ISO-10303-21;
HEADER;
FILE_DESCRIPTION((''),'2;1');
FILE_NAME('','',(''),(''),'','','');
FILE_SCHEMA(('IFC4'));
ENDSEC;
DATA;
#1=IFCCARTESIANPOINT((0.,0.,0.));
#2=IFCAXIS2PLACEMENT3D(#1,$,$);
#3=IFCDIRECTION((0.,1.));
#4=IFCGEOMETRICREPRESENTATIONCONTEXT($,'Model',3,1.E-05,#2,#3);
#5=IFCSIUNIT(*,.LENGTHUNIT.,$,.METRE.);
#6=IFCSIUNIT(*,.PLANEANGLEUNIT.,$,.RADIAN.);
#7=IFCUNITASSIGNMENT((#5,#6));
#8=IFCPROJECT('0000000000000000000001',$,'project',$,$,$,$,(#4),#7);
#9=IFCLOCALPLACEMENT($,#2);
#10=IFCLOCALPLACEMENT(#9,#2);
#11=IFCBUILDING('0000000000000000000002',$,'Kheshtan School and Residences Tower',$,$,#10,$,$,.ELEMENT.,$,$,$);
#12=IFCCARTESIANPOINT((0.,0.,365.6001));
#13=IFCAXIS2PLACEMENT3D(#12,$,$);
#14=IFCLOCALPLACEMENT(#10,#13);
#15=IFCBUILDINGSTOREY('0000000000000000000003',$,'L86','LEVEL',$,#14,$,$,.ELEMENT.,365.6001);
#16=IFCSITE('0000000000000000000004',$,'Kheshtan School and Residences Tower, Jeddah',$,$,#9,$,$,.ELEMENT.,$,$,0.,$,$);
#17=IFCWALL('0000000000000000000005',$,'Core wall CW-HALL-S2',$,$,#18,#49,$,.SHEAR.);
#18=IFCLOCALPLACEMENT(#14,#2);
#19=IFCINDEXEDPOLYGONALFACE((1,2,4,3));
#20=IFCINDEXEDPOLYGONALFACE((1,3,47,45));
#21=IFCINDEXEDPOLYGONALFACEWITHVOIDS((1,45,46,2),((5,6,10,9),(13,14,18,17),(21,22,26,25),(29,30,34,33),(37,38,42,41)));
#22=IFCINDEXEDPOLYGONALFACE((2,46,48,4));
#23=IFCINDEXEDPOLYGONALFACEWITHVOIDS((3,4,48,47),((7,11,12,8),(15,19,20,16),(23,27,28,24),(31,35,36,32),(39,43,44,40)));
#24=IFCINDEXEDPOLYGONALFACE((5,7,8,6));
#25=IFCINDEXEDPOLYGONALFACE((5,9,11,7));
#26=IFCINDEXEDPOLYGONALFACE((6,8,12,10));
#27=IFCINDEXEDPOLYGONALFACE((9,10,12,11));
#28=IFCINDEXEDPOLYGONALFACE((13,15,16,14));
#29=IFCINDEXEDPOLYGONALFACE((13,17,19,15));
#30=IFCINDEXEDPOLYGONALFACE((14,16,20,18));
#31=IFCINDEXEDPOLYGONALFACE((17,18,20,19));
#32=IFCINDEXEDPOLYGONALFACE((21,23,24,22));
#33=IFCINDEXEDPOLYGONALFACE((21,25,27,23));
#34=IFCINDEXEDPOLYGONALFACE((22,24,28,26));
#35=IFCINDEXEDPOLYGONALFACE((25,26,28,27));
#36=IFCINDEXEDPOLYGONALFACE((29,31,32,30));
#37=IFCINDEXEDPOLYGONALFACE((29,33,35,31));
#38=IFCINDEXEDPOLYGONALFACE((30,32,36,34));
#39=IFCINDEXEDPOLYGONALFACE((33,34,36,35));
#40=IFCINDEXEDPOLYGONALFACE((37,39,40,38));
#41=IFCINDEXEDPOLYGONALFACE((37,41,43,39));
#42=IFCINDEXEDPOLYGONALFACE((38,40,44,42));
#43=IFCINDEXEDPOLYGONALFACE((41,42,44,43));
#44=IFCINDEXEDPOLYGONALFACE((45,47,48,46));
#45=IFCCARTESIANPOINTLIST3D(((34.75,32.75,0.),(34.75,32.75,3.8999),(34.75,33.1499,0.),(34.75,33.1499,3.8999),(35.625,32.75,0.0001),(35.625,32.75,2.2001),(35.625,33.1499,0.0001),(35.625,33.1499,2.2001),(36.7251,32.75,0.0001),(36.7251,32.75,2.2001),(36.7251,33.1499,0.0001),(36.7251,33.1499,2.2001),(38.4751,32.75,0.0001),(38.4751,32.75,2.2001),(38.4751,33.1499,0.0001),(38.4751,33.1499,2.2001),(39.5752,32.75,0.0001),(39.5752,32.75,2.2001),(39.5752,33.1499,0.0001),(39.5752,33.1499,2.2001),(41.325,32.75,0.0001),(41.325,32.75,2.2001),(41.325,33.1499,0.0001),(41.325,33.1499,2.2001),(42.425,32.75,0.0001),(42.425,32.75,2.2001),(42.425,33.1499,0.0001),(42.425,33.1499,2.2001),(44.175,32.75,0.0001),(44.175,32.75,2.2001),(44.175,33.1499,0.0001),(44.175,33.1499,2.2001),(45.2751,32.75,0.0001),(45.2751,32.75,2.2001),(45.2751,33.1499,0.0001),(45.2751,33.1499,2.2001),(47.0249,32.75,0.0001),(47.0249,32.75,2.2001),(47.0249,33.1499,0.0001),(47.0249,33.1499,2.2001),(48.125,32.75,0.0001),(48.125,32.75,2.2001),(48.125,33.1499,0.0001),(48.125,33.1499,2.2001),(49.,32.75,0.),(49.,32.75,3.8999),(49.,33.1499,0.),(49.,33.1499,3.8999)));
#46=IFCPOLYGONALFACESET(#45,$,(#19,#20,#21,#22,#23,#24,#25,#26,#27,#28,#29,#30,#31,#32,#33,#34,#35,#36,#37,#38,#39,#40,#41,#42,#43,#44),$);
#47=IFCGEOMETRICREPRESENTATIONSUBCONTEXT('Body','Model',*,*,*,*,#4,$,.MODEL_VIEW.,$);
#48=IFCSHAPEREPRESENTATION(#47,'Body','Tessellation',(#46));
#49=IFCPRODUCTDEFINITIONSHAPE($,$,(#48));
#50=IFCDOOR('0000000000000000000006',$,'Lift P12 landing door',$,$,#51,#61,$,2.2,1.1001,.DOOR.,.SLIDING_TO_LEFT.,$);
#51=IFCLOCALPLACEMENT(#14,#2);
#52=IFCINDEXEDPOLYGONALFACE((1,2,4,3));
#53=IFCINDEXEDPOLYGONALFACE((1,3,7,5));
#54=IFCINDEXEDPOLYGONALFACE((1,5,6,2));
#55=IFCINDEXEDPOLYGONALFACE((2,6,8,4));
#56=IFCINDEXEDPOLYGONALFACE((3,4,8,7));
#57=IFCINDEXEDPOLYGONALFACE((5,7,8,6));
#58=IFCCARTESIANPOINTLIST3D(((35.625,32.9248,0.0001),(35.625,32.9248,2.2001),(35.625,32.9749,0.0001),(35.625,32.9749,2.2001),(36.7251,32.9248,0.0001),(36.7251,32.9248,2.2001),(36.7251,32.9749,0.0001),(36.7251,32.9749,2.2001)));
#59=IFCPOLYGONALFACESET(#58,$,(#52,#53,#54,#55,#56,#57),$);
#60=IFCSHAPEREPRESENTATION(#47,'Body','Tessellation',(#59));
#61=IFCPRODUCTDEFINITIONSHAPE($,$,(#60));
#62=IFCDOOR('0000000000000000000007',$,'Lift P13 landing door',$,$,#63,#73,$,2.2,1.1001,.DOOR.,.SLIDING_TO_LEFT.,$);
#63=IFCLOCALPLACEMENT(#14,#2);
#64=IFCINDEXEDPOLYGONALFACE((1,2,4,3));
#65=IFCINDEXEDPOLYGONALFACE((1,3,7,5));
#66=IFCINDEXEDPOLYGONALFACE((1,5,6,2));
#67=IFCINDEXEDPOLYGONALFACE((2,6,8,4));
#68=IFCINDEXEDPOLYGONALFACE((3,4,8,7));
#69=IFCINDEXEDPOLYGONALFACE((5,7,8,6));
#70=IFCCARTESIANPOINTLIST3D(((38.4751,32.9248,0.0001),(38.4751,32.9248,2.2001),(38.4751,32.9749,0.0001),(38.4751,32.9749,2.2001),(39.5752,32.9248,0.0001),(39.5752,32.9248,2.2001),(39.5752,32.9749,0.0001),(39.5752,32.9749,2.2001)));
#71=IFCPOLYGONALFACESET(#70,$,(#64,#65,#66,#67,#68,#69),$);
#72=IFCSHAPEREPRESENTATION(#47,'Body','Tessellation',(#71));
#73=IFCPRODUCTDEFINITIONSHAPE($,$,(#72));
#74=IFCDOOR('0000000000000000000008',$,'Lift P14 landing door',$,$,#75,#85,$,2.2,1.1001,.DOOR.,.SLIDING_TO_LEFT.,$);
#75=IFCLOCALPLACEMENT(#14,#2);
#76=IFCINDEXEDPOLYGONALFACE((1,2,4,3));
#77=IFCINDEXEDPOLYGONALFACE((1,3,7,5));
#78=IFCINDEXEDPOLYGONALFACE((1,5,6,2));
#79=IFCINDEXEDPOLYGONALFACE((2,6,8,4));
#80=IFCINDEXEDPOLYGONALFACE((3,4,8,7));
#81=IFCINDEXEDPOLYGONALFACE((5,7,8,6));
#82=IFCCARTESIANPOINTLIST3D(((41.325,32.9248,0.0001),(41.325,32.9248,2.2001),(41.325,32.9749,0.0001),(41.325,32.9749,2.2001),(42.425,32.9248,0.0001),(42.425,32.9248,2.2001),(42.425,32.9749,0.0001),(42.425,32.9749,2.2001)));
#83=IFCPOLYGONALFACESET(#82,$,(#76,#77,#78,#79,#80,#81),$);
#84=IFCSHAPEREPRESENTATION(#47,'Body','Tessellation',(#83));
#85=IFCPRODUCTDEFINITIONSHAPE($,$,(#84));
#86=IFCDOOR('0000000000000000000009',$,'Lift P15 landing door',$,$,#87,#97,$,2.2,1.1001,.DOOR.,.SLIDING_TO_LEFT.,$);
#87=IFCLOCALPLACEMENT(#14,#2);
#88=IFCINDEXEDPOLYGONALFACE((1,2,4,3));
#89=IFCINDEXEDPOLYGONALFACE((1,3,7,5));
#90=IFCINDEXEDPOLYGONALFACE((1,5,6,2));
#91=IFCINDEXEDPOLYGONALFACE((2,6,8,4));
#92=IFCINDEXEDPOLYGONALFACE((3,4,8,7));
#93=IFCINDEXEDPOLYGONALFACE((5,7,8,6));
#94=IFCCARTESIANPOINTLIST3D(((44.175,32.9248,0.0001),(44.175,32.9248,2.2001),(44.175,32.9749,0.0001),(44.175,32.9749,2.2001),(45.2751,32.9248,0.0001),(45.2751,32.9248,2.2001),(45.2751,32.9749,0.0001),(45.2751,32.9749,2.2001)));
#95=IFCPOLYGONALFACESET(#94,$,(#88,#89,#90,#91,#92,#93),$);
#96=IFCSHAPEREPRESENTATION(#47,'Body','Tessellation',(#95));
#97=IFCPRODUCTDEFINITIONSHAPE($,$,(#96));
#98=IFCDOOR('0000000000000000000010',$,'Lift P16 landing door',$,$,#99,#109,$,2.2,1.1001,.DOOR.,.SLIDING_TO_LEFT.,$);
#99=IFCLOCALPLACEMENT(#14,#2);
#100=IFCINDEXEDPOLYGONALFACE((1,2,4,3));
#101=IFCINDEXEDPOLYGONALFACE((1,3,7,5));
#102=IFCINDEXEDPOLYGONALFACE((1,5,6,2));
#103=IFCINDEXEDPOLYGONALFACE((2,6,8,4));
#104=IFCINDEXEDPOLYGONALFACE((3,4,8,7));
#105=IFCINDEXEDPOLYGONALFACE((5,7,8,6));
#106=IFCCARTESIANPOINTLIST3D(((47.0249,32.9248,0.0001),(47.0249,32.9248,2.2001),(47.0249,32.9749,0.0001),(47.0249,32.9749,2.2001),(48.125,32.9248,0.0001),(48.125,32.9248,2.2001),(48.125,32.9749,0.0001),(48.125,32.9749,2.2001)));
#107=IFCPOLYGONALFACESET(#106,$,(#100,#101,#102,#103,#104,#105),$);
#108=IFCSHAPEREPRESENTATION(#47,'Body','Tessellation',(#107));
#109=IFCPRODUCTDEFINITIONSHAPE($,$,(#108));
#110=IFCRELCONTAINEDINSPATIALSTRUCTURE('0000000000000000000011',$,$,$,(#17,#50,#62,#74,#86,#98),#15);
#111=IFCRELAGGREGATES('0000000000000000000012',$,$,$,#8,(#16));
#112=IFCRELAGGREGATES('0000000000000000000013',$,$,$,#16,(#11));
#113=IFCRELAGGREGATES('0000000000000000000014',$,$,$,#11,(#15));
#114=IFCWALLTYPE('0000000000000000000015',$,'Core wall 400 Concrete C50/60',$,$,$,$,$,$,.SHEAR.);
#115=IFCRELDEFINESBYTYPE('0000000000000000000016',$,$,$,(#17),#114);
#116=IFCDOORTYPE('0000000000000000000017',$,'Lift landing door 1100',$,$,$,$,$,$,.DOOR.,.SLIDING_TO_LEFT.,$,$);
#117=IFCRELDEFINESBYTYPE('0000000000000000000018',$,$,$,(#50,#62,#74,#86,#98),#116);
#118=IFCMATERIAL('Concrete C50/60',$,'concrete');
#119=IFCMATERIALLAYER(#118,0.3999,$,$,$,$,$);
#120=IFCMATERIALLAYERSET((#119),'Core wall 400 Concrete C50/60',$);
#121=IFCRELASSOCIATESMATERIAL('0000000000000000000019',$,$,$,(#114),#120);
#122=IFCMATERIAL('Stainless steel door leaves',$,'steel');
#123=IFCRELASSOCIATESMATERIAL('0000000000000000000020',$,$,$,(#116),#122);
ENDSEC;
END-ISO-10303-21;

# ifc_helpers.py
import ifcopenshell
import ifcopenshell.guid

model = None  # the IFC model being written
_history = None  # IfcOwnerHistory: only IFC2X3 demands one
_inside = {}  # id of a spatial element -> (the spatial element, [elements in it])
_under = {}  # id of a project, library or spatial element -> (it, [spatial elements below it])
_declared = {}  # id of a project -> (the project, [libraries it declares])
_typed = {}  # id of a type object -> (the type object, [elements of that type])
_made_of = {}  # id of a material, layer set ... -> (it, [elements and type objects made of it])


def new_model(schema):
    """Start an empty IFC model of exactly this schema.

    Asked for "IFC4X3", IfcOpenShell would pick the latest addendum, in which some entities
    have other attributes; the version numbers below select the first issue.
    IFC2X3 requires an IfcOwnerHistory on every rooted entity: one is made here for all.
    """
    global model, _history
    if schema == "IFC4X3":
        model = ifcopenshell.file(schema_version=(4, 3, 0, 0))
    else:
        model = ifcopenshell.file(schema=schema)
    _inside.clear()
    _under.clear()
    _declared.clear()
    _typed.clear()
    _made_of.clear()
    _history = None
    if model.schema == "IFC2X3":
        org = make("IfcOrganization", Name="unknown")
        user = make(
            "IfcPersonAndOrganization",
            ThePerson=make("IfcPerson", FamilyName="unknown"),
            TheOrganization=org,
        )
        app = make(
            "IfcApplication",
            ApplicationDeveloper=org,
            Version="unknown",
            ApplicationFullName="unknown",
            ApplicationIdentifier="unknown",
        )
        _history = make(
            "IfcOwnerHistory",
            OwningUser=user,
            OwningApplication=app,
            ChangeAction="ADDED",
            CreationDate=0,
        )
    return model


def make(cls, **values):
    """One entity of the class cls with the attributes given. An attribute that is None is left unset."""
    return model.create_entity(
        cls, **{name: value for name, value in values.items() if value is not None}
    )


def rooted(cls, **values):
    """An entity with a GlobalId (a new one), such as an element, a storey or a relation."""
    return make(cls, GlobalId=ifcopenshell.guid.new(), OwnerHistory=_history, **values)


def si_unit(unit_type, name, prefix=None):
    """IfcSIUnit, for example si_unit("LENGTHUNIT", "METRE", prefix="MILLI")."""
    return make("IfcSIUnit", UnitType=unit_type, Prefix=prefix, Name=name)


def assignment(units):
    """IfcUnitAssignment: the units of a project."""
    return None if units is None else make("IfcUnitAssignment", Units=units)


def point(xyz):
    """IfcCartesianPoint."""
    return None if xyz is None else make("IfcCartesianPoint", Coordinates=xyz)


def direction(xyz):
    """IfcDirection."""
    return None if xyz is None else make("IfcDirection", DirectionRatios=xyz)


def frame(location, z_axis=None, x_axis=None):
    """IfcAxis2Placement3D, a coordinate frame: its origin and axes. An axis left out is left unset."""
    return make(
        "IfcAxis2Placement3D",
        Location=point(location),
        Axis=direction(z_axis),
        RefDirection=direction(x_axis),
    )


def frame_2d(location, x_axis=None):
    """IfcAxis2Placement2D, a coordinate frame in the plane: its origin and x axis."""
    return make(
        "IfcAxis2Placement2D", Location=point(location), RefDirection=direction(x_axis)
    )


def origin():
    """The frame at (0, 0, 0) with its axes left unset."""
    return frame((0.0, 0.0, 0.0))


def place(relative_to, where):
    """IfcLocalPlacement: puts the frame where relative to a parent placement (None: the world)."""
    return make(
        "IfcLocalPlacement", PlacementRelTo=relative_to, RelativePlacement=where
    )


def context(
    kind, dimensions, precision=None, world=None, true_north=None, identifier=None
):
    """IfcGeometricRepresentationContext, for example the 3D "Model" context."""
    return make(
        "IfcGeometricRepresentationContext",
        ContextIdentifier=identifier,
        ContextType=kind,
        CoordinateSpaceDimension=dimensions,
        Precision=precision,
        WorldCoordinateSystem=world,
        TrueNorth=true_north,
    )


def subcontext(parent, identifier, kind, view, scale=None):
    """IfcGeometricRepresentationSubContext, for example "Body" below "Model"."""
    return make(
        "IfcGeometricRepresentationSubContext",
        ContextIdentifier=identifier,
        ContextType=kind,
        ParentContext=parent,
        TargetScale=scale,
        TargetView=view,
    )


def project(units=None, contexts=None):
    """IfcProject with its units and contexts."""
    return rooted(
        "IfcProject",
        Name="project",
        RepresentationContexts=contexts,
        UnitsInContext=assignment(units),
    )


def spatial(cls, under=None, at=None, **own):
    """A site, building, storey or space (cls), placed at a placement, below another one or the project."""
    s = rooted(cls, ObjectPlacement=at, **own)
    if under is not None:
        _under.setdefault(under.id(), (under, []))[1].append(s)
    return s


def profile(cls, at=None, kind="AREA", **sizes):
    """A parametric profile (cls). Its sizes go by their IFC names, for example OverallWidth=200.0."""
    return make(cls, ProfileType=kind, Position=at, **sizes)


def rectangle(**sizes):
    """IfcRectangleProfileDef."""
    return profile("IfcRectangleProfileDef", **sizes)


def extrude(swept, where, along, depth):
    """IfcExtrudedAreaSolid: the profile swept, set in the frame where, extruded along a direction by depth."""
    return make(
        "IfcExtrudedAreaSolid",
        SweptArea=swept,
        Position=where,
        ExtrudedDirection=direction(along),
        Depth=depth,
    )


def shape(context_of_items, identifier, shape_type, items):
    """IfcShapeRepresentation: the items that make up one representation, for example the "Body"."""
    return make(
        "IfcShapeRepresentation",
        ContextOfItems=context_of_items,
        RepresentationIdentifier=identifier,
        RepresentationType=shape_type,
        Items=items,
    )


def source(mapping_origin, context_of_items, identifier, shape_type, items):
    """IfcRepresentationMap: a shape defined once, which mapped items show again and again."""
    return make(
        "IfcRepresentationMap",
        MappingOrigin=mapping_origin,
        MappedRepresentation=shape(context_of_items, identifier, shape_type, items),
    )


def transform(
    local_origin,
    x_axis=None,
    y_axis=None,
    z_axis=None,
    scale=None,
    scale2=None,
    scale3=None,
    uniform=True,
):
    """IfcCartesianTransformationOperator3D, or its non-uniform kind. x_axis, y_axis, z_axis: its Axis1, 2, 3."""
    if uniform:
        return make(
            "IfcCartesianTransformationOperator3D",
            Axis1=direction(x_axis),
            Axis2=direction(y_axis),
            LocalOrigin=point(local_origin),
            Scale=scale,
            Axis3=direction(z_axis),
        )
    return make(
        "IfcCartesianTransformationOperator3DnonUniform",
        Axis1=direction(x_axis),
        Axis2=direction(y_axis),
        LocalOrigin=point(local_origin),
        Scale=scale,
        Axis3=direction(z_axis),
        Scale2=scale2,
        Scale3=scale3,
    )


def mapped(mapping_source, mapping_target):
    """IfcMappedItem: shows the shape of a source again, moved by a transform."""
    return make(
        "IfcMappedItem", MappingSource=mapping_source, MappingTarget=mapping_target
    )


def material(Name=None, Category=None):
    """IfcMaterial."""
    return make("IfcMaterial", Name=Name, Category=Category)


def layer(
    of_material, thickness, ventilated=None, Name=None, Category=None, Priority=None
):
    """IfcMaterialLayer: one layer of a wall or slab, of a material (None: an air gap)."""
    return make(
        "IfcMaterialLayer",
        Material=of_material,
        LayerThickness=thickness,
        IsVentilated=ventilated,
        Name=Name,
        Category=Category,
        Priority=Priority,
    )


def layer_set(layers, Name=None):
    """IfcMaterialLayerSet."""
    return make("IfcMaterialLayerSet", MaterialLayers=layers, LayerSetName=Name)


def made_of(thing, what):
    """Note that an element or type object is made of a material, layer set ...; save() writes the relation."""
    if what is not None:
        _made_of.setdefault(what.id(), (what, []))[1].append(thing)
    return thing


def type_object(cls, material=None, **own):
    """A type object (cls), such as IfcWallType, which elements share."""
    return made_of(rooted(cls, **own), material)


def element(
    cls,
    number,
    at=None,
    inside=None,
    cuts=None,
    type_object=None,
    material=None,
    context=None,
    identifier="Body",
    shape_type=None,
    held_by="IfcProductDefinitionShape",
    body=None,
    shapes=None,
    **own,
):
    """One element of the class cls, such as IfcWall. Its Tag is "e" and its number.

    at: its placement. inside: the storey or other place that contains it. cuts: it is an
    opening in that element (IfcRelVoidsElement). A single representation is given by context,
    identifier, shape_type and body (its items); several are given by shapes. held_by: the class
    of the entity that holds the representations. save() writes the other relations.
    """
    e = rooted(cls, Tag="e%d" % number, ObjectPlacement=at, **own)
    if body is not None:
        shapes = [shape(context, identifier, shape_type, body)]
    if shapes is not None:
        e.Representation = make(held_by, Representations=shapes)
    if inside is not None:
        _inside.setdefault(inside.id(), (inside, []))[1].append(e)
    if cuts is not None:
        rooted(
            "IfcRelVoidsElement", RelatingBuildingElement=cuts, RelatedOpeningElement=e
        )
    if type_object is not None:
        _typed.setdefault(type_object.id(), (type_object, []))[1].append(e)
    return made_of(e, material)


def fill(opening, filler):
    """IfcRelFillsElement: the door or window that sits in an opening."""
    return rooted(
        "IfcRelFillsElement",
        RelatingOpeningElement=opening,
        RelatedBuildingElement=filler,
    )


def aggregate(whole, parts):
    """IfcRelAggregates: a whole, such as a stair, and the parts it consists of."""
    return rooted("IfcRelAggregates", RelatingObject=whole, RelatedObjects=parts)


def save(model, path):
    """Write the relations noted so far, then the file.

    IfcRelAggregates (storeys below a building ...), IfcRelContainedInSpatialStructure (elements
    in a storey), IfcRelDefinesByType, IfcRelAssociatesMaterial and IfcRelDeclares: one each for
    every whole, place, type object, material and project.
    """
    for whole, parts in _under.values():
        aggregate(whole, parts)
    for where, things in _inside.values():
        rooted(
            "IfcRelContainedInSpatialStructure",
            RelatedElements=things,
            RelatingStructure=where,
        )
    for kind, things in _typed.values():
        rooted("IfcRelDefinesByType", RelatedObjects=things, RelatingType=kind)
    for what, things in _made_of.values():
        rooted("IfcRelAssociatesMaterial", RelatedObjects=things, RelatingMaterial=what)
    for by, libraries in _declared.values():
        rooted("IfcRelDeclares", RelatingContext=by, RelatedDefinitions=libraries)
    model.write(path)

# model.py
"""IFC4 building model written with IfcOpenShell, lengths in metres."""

from ifc_helpers import new_model, si_unit, direction, frame, frame_2d, origin, place, context, subcontext, project, spatial, rectangle, extrude, source, transform, mapped, material, layer, layer_set, type_object, element, fill, save


model = new_model("IFC4")

# Units and contexts
model_context = context("Model", 3, precision=1e-05, world=origin(), true_north=direction((0.0, 1.0)))
body_context = subcontext(model_context, "Body", "Model", "MODEL_VIEW")
ifc_project = project(units=[si_unit("LENGTHUNIT", "METRE"), si_unit("PLANEANGLEUNIT", "RADIAN")], contexts=[model_context])

# Site, building, storey
site_placement = place(None, origin())
site = spatial("IfcSite", under=ifc_project, at=site_placement, Name="Kheshtan School and Residences Tower, Jeddah", CompositionType="ELEMENT", RefElevation=0.0)
building_placement = place(site_placement, origin())
building = spatial("IfcBuilding", under=site, at=building_placement, Name="Kheshtan School and Residences Tower", CompositionType="ELEMENT")
storey_placement = place(building_placement, frame((0.0, 0.0, 365.6001)))
storey = spatial("IfcBuildingStorey", under=building, at=storey_placement, Name="L86", Description="LEVEL", CompositionType="ELEMENT", Elevation=365.6001)

# Wall, openings, doors
ifc_material_1 = material(Name="Concrete C50/60", Category="concrete")
ifc_layer_1 = layer(ifc_material_1, 0.3999)
ifc_layer_set_1 = layer_set([ifc_layer_1], Name="Core wall 400 Concrete C50/60")
wall_type_1 = type_object("IfcWallType", Name="Core wall 400 Concrete C50/60", PredefinedType="SHEAR", material=ifc_layer_set_1)
ifc_material_2 = material(Name="Stainless steel door leaves", Category="steel")
door_type_1 = type_object("IfcDoorType", Name="Lift landing door 1100", OperationType="SLIDING_TO_LEFT", PredefinedType="DOOR", material=ifc_material_2)
shared_shape_1 = source(origin(), body_context, "Body", "SweptSolid", [
    extrude(rectangle(XDim=1.1001, YDim=2.2, at=frame_2d((0.55, 1.1001))), frame((0.0, 0.0249, 0.0), z_axis=(0.0, -1.0, 0.0), x_axis=(1.0, 0.0, 0.0)), (0.0, 0.0, 1.0), 0.05),
])
wall_1_placement = place(storey_placement, frame((34.75, 32.95, 0.0), z_axis=(0.0, 0.0, 1.0), x_axis=(1.0, 0.0, 0.0)))
wall_1 = element("IfcWall", 1, at=wall_1_placement, inside=storey, type_object=wall_type_1, Name="Core wall CW-HALL-S2", PredefinedType="SHEAR", context=body_context, shape_type="SweptSolid", body=[
    extrude(rectangle(XDim=14.25, YDim=0.3999, at=frame_2d((7.125, 0.0))), origin(), (0.0, 0.0, 1.0), 3.8999),
])
opening_1_placement = place(wall_1_placement, frame((0.875, 0.0, 0.0)))
opening_1 = element("IfcOpeningElement", 2, at=opening_1_placement, cuts=wall_1, PredefinedType="OPENING", context=body_context, shape_type="SweptSolid", body=[
    extrude(rectangle(XDim=1.1001, YDim=2.2, at=frame_2d((0.55, 1.1001))), frame((0.0, 0.21, 0.0), z_axis=(0.0, -1.0, 0.0), x_axis=(1.0, 0.0, 0.0)), (0.0, 0.0, 1.0), 0.4199),
])
opening_2_placement = place(wall_1_placement, frame((3.7251, 0.0, 0.0)))
opening_2 = element("IfcOpeningElement", 3, at=opening_2_placement, cuts=wall_1, PredefinedType="OPENING", context=body_context, shape_type="SweptSolid", body=[
    extrude(rectangle(XDim=1.1001, YDim=2.2, at=frame_2d((0.55, 1.1001))), frame((0.0, 0.21, 0.0), z_axis=(0.0, -1.0, 0.0), x_axis=(1.0, 0.0, 0.0)), (0.0, 0.0, 1.0), 0.4199),
])
opening_3_placement = place(wall_1_placement, frame((6.575, 0.0, 0.0)))
opening_3 = element("IfcOpeningElement", 4, at=opening_3_placement, cuts=wall_1, PredefinedType="OPENING", context=body_context, shape_type="SweptSolid", body=[
    extrude(rectangle(XDim=1.1001, YDim=2.2, at=frame_2d((0.55, 1.1001))), frame((0.0, 0.21, 0.0), z_axis=(0.0, -1.0, 0.0), x_axis=(1.0, 0.0, 0.0)), (0.0, 0.0, 1.0), 0.4199),
])
opening_4_placement = place(wall_1_placement, frame((9.425, 0.0, 0.0)))
opening_4 = element("IfcOpeningElement", 5, at=opening_4_placement, cuts=wall_1, PredefinedType="OPENING", context=body_context, shape_type="SweptSolid", body=[
    extrude(rectangle(XDim=1.1001, YDim=2.2, at=frame_2d((0.55, 1.1001))), frame((0.0, 0.21, 0.0), z_axis=(0.0, -1.0, 0.0), x_axis=(1.0, 0.0, 0.0)), (0.0, 0.0, 1.0), 0.4199),
])
opening_5_placement = place(wall_1_placement, frame((12.2749, 0.0, 0.0)))
opening_5 = element("IfcOpeningElement", 6, at=opening_5_placement, cuts=wall_1, PredefinedType="OPENING", context=body_context, shape_type="SweptSolid", body=[
    extrude(rectangle(XDim=1.1001, YDim=2.2, at=frame_2d((0.55, 1.1001))), frame((0.0, 0.21, 0.0), z_axis=(0.0, -1.0, 0.0), x_axis=(1.0, 0.0, 0.0)), (0.0, 0.0, 1.0), 0.4199),
])
door_1_placement = place(opening_1_placement, origin())
door_1 = element("IfcDoor", 7, at=door_1_placement, inside=storey, type_object=door_type_1, Name="Lift P12 landing door", OperationType="SLIDING_TO_LEFT", OverallHeight=2.2, OverallWidth=1.1001, PredefinedType="DOOR", context=body_context, shape_type="MappedRepresentation", body=[
    mapped(shared_shape_1, transform((0.0, 0.0, 0.0), x_axis=(1.0, 0.0, 0.0), y_axis=(0.0, 1.0, 0.0), z_axis=(0.0, 0.0, 1.0), scale=1.0)),
])
fill(opening_1, door_1)
door_2_placement = place(opening_2_placement, origin())
door_2 = element("IfcDoor", 8, at=door_2_placement, inside=storey, type_object=door_type_1, Name="Lift P13 landing door", OperationType="SLIDING_TO_LEFT", OverallHeight=2.2, OverallWidth=1.1001, PredefinedType="DOOR", context=body_context, shape_type="MappedRepresentation", body=[
    mapped(shared_shape_1, transform((0.0, 0.0, 0.0), x_axis=(1.0, 0.0, 0.0), y_axis=(0.0, 1.0, 0.0), z_axis=(0.0, 0.0, 1.0), scale=1.0)),
])
fill(opening_2, door_2)
door_3_placement = place(opening_3_placement, origin())
door_3 = element("IfcDoor", 9, at=door_3_placement, inside=storey, type_object=door_type_1, Name="Lift P14 landing door", OperationType="SLIDING_TO_LEFT", OverallHeight=2.2, OverallWidth=1.1001, PredefinedType="DOOR", context=body_context, shape_type="MappedRepresentation", body=[
    mapped(shared_shape_1, transform((0.0, 0.0, 0.0), x_axis=(1.0, 0.0, 0.0), y_axis=(0.0, 1.0, 0.0), z_axis=(0.0, 0.0, 1.0), scale=1.0)),
])
fill(opening_3, door_3)
door_4_placement = place(opening_4_placement, origin())
door_4 = element("IfcDoor", 10, at=door_4_placement, inside=storey, type_object=door_type_1, Name="Lift P15 landing door", OperationType="SLIDING_TO_LEFT", OverallHeight=2.2, OverallWidth=1.1001, PredefinedType="DOOR", context=body_context, shape_type="MappedRepresentation", body=[
    mapped(shared_shape_1, transform((0.0, 0.0, 0.0), x_axis=(1.0, 0.0, 0.0), y_axis=(0.0, 1.0, 0.0), z_axis=(0.0, 0.0, 1.0), scale=1.0)),
])
fill(opening_4, door_4)
door_5_placement = place(opening_5_placement, origin())
door_5 = element("IfcDoor", 11, at=door_5_placement, inside=storey, type_object=door_type_1, Name="Lift P16 landing door", OperationType="SLIDING_TO_LEFT", OverallHeight=2.2, OverallWidth=1.1001, PredefinedType="DOOR", context=body_context, shape_type="MappedRepresentation", body=[
    mapped(shared_shape_1, transform((0.0, 0.0, 0.0), x_axis=(1.0, 0.0, 0.0), y_axis=(0.0, 1.0, 0.0), z_axis=(0.0, 0.0, 1.0), scale=1.0)),
])
fill(opening_5, door_5)

save(model, "model.ifc")
